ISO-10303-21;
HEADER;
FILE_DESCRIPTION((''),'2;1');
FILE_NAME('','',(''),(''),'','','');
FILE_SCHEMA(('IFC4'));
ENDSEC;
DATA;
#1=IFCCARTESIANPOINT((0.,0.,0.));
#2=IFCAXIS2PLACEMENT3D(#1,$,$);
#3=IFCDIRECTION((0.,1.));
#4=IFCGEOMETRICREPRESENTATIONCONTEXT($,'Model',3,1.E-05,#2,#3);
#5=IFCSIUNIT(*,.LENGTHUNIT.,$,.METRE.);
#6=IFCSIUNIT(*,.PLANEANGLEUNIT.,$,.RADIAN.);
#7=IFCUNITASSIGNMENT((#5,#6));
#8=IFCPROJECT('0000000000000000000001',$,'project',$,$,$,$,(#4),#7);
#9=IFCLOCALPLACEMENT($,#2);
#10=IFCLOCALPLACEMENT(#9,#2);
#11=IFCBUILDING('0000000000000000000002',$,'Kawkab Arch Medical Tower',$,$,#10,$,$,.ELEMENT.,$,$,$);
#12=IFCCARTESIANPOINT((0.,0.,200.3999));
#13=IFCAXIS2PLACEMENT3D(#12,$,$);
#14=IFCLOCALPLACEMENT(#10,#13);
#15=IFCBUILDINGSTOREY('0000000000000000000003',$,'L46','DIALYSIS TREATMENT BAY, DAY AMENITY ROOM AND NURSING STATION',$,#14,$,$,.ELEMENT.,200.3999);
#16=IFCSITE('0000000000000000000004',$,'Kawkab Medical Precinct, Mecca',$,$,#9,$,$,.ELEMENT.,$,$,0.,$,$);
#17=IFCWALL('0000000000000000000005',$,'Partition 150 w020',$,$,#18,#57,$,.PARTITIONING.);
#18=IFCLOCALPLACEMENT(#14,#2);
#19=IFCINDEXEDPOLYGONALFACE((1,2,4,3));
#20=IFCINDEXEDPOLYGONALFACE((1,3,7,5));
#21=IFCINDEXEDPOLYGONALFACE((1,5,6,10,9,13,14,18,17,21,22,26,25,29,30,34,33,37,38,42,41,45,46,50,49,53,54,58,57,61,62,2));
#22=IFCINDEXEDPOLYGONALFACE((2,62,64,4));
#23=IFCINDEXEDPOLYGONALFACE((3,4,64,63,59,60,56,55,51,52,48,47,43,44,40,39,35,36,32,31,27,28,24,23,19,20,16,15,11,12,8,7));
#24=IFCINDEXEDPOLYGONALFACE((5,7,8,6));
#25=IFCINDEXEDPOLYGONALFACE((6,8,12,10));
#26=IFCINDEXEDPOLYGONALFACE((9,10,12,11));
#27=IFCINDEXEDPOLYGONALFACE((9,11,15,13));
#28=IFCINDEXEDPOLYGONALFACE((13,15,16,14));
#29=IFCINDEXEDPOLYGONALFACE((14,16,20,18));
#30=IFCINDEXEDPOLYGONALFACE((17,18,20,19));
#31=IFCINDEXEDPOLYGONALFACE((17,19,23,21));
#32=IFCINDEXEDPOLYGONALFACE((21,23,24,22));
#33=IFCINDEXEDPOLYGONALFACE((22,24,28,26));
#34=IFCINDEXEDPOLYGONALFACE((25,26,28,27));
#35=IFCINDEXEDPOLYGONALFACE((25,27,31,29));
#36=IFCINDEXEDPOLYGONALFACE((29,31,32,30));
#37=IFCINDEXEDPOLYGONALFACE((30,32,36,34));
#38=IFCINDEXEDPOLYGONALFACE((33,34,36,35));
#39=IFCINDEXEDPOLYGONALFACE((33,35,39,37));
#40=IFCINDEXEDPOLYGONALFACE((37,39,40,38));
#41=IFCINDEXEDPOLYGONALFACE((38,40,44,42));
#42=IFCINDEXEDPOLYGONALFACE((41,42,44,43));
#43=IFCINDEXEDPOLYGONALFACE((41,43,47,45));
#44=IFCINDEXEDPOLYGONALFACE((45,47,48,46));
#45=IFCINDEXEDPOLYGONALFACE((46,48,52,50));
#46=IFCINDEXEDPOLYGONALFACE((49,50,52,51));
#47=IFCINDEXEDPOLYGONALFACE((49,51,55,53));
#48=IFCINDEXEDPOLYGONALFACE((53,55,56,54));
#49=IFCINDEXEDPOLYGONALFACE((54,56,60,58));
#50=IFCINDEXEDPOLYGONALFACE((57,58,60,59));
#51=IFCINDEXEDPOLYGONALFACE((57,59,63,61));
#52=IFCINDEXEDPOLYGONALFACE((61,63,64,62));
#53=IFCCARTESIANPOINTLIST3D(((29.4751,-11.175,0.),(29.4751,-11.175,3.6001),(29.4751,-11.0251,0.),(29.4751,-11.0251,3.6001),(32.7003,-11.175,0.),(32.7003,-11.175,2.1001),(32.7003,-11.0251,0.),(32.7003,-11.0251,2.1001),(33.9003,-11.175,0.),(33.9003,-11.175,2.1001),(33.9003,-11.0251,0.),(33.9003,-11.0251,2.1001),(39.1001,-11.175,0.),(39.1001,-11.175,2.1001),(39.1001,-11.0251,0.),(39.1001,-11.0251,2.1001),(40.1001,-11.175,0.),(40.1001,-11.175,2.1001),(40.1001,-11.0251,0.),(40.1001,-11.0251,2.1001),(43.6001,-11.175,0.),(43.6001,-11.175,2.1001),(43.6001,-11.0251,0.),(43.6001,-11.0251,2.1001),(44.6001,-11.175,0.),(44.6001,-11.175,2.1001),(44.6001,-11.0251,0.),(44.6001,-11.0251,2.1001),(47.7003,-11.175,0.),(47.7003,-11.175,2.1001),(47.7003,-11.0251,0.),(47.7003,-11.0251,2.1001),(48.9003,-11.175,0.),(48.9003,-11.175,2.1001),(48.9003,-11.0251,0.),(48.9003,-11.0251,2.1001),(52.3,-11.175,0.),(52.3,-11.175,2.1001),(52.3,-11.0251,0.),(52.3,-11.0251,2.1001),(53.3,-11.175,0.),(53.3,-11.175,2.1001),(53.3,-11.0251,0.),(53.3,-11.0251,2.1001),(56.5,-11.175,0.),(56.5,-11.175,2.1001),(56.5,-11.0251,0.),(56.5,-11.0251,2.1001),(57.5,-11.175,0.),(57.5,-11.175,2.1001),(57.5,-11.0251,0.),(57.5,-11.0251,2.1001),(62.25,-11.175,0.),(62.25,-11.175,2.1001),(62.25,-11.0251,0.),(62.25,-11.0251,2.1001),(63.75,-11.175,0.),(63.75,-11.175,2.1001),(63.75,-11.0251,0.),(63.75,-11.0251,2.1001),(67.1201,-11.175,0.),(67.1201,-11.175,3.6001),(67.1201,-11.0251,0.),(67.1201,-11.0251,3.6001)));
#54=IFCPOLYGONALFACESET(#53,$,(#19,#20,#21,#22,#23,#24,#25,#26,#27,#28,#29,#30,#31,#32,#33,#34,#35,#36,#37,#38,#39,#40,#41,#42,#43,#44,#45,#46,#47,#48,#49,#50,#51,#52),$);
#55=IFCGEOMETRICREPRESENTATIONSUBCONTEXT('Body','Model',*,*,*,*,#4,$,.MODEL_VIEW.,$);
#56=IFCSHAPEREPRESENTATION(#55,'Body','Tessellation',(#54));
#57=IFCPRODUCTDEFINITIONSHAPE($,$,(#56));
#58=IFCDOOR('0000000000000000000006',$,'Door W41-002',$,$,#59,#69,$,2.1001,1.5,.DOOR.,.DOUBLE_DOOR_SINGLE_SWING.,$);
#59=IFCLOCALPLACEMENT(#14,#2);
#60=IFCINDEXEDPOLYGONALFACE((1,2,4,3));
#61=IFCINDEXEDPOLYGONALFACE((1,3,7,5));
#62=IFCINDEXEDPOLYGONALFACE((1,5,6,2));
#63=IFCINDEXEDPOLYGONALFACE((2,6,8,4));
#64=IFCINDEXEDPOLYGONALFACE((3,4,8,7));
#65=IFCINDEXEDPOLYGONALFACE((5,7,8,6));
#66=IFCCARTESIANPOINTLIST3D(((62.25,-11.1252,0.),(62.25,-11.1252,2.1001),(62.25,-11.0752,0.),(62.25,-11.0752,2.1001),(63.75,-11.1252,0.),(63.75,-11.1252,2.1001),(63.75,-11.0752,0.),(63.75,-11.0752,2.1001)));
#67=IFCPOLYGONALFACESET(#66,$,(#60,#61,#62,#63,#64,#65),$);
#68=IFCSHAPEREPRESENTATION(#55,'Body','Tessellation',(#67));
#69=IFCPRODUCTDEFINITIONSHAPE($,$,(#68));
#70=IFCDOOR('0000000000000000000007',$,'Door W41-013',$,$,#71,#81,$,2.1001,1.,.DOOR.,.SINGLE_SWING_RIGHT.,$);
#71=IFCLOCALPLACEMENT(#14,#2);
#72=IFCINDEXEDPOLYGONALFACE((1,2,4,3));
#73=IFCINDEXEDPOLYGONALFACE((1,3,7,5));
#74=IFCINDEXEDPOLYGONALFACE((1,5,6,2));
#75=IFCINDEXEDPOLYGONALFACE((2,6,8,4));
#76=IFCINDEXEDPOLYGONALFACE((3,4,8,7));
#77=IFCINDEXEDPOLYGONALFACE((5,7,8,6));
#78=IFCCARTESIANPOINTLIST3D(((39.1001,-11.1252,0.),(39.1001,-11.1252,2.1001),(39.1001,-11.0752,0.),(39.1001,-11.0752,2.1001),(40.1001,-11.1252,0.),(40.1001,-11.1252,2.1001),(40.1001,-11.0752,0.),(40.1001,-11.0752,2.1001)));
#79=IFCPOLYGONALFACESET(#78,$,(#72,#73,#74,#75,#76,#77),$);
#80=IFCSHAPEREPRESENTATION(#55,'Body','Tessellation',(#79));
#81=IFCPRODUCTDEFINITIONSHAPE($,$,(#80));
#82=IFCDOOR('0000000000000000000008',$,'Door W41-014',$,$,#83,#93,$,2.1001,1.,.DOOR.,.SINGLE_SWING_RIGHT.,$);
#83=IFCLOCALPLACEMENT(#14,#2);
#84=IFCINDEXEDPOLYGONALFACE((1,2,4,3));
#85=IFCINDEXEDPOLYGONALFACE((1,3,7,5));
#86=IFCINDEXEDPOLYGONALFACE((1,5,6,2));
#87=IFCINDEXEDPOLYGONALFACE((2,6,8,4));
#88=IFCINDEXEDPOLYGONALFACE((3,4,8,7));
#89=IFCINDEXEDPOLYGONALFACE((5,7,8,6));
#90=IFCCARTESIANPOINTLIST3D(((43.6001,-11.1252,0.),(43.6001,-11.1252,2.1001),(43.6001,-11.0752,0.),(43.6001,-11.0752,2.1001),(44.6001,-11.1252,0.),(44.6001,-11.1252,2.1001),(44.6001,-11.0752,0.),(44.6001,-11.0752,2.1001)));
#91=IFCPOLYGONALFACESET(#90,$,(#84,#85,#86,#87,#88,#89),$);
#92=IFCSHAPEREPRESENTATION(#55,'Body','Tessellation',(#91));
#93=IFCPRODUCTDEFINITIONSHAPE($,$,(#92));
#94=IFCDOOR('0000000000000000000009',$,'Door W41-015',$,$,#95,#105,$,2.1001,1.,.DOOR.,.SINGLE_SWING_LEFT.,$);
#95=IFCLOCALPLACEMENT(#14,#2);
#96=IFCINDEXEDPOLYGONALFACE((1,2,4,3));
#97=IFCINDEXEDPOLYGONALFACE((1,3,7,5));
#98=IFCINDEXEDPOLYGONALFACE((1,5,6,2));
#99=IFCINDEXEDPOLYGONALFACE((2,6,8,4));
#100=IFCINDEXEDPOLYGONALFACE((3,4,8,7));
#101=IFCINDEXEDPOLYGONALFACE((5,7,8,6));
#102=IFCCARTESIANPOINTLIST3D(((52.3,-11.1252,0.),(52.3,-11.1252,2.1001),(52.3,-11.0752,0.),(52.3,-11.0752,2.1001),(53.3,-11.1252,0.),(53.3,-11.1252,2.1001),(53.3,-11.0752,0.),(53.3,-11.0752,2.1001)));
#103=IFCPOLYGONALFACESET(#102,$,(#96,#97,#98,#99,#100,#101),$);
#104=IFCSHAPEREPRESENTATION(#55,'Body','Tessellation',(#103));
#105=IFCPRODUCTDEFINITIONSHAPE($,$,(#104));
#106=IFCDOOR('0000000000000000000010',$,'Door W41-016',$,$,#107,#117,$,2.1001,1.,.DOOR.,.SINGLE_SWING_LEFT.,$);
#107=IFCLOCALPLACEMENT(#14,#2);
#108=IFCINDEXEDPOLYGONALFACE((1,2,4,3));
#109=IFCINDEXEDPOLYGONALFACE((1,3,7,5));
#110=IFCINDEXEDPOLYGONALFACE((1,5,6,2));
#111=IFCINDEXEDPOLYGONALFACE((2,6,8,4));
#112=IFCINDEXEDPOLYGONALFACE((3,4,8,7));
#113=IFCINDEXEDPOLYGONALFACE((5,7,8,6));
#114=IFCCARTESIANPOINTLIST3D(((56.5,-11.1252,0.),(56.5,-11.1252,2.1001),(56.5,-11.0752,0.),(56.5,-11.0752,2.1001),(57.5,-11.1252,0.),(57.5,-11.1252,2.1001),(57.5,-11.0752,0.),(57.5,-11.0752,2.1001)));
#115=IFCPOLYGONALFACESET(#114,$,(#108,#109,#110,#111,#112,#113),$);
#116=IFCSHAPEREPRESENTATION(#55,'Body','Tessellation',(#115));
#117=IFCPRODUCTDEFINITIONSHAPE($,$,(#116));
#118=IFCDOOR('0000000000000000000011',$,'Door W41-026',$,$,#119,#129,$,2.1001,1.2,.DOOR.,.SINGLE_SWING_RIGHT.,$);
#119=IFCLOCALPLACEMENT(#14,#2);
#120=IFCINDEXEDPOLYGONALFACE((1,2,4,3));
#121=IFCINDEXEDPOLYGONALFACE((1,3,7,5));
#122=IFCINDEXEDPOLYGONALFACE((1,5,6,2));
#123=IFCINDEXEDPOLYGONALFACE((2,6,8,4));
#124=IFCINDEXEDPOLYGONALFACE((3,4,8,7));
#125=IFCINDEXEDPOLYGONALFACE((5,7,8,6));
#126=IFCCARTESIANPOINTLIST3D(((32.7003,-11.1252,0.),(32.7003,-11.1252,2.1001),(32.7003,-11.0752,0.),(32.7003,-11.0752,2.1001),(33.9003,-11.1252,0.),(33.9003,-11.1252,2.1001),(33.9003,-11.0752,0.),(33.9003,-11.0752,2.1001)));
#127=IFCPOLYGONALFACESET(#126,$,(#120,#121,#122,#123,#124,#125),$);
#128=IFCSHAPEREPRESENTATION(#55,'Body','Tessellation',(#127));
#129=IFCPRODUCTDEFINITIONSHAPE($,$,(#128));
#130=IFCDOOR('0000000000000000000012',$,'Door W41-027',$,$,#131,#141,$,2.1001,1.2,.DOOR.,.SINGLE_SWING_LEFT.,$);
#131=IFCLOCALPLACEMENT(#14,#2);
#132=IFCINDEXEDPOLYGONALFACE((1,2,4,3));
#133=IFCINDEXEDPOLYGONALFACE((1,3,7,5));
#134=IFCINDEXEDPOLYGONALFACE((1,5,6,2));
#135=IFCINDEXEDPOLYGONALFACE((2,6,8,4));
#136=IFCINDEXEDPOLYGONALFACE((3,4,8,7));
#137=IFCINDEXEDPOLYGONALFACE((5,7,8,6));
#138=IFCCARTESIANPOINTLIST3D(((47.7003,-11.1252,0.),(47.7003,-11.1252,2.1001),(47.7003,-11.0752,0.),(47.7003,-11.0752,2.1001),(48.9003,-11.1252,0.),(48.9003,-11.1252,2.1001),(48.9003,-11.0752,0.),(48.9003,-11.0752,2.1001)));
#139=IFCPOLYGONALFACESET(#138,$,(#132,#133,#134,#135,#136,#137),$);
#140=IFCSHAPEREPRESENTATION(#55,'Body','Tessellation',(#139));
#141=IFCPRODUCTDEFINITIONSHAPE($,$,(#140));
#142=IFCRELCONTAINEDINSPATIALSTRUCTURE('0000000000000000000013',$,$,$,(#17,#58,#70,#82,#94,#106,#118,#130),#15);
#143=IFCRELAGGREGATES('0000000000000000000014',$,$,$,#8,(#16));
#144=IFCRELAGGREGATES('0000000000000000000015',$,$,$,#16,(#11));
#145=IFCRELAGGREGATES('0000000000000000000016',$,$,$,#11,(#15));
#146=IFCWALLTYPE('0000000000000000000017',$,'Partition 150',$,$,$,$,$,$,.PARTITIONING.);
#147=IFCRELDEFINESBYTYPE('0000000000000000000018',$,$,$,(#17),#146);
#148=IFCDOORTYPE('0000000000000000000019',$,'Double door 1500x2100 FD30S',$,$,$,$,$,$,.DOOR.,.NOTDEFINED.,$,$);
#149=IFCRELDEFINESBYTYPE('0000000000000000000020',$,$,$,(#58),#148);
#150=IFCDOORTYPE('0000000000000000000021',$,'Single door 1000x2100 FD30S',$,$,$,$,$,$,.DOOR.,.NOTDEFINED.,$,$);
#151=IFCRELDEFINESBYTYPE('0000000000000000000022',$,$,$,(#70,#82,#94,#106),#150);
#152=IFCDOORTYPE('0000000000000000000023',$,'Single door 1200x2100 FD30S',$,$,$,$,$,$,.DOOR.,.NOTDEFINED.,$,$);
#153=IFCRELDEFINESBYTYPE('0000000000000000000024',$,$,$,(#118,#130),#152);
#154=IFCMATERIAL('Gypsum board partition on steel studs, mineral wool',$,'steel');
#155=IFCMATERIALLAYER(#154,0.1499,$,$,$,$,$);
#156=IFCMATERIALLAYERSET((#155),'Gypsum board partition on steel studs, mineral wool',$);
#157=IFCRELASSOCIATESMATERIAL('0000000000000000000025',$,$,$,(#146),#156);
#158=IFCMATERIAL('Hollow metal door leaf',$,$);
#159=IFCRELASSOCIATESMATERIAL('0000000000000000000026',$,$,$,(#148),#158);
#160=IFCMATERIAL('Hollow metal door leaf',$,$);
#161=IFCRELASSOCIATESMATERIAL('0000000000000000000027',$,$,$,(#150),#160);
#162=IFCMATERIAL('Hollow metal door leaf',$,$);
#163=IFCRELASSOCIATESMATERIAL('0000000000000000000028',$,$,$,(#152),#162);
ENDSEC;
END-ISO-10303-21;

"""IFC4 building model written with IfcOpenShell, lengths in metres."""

from ifc_helpers import new_model, si_unit, direction, frame, frame_2d, origin, place, context, subcontext, project, spatial, rectangle, extrude, material, layer, layer_set, type_object, element, fill, save


model = new_model("IFC4")

# Units and contexts
model_context = context("Model", 3, precision=1e-05, world=origin(), true_north=direction((0.0, 1.0)))
body_context = subcontext(model_context, "Body", "Model", "MODEL_VIEW")
ifc_project = project(units=[si_unit("LENGTHUNIT", "METRE"), si_unit("PLANEANGLEUNIT", "RADIAN")], contexts=[model_context])

# Site, building, storey
site_placement = place(None, origin())
site = spatial("IfcSite", under=ifc_project, at=site_placement, Name="Kawkab Medical Precinct, Mecca", CompositionType="ELEMENT", RefElevation=0.0)
building_placement = place(site_placement, origin())
building = spatial("IfcBuilding", under=site, at=building_placement, Name="Kawkab Arch Medical Tower", CompositionType="ELEMENT")
storey_placement = place(building_placement, frame((0.0, 0.0, 200.3999)))
storey = spatial("IfcBuildingStorey", under=building, at=storey_placement, Name="L46", Description="DIALYSIS TREATMENT BAY, DAY AMENITY ROOM AND NURSING STATION", CompositionType="ELEMENT", Elevation=200.3999)

# Wall, openings, doors
ifc_material_1 = material(Name="Gypsum board partition on steel studs, mineral wool", Category="steel")
ifc_layer_1 = layer(ifc_material_1, 0.1499)
ifc_layer_set_1 = layer_set([ifc_layer_1], Name="Gypsum board partition on steel studs, mineral wool")
wall_type_1 = type_object("IfcWallType", Name="Partition 150", PredefinedType="PARTITIONING", material=ifc_layer_set_1)
wall_1_placement = place(storey_placement, frame((29.4751, -11.1001, 0.0), z_axis=(0.0, 0.0, 1.0), x_axis=(1.0, 0.0, 0.0)))
wall_1 = element("IfcWall", 1, at=wall_1_placement, inside=storey, type_object=wall_type_1, Name="Partition 150 w020", PredefinedType="PARTITIONING", context=body_context, shape_type="SweptSolid", body=[
    extrude(rectangle(XDim=37.645, YDim=0.1499, at=frame_2d((18.8225, 0.0))), origin(), (0.0, 0.0, 1.0), 3.6001),
])
opening_1_placement = place(wall_1_placement, frame((3.2251, 0.0, 0.0)))
opening_1 = element("IfcOpeningElement", 2, at=opening_1_placement, cuts=wall_1, PredefinedType="OPENING", context=body_context, shape_type="SweptSolid", body=[
    extrude(rectangle(XDim=1.2, YDim=2.1001, at=frame_2d((0.6001, 1.05))), frame((0.0, 0.085, 0.0), z_axis=(0.0, -1.0, 0.0), x_axis=(1.0, 0.0, 0.0)), (0.0, 0.0, 1.0), 0.1699),
])
opening_2_placement = place(wall_1_placement, frame((9.625, 0.0, 0.0)))
opening_2 = element("IfcOpeningElement", 3, at=opening_2_placement, cuts=wall_1, PredefinedType="OPENING", context=body_context, shape_type="SweptSolid", body=[
    extrude(rectangle(XDim=1.0, YDim=2.1001, at=frame_2d((0.5, 1.05))), frame((0.0, 0.085, 0.0), z_axis=(0.0, -1.0, 0.0), x_axis=(1.0, 0.0, 0.0)), (0.0, 0.0, 1.0), 0.1699),
])
opening_3_placement = place(wall_1_placement, frame((14.125, 0.0, 0.0)))
opening_3 = element("IfcOpeningElement", 4, at=opening_3_placement, cuts=wall_1, PredefinedType="OPENING", context=body_context, shape_type="SweptSolid", body=[
    extrude(rectangle(XDim=1.0, YDim=2.1001, at=frame_2d((0.5, 1.05))), frame((0.0, 0.085, 0.0), z_axis=(0.0, -1.0, 0.0), x_axis=(1.0, 0.0, 0.0)), (0.0, 0.0, 1.0), 0.1699),
])
opening_4_placement = place(wall_1_placement, frame((18.2251, 0.0, 0.0)))
opening_4 = element("IfcOpeningElement", 5, at=opening_4_placement, cuts=wall_1, PredefinedType="OPENING", context=body_context, shape_type="SweptSolid", body=[
    extrude(rectangle(XDim=1.2, YDim=2.1001, at=frame_2d((0.6001, 1.05))), frame((0.0, 0.085, 0.0), z_axis=(0.0, -1.0, 0.0), x_axis=(1.0, 0.0, 0.0)), (0.0, 0.0, 1.0), 0.1699),
])
opening_5_placement = place(wall_1_placement, frame((22.825, 0.0, 0.0)))
opening_5 = element("IfcOpeningElement", 6, at=opening_5_placement, cuts=wall_1, PredefinedType="OPENING", context=body_context, shape_type="SweptSolid", body=[
    extrude(rectangle(XDim=1.0, YDim=2.1001, at=frame_2d((0.5, 1.05))), frame((0.0, 0.085, 0.0), z_axis=(0.0, -1.0, 0.0), x_axis=(1.0, 0.0, 0.0)), (0.0, 0.0, 1.0), 0.1699),
])
opening_6_placement = place(wall_1_placement, frame((27.0249, 0.0, 0.0)))
opening_6 = element("IfcOpeningElement", 7, at=opening_6_placement, cuts=wall_1, PredefinedType="OPENING", context=body_context, shape_type="SweptSolid", body=[
    extrude(rectangle(XDim=1.0, YDim=2.1001, at=frame_2d((0.5, 1.05))), frame((0.0, 0.085, 0.0), z_axis=(0.0, -1.0, 0.0), x_axis=(1.0, 0.0, 0.0)), (0.0, 0.0, 1.0), 0.1699),
])
opening_7_placement = place(wall_1_placement, frame((32.7749, 0.0, 0.0)))
opening_7 = element("IfcOpeningElement", 8, at=opening_7_placement, cuts=wall_1, PredefinedType="OPENING", context=body_context, shape_type="SweptSolid", body=[
    extrude(rectangle(XDim=1.5, YDim=2.1001, at=frame_2d((0.75, 1.05))), frame((0.0, 0.085, 0.0), z_axis=(0.0, -1.0, 0.0), x_axis=(1.0, 0.0, 0.0)), (0.0, 0.0, 1.0), 0.1699),
])
ifc_material_2 = material(Name="Hollow metal door leaf")
door_type_1 = type_object("IfcDoorType", Name="Double door 1500x2100 FD30S", OperationType="NOTDEFINED", PredefinedType="DOOR", material=ifc_material_2)
door_1_placement = place(opening_7_placement, origin())
door_1 = element("IfcDoor", 9, at=door_1_placement, inside=storey, type_object=door_type_1, Name="Door W41-002", OperationType="DOUBLE_DOOR_SINGLE_SWING", OverallHeight=2.1001, OverallWidth=1.5, PredefinedType="DOOR", context=body_context, shape_type="SweptSolid", body=[
    extrude(rectangle(XDim=1.5, YDim=2.1001, at=frame_2d((0.75, 1.05))), frame((0.0, 0.0249, 0.0), z_axis=(0.0, -1.0, 0.0), x_axis=(1.0, 0.0, 0.0)), (0.0, 0.0, 1.0), 0.05),
])
fill(opening_7, door_1)
ifc_material_3 = material(Name="Hollow metal door leaf")
door_type_2 = type_object("IfcDoorType", Name="Single door 1000x2100 FD30S", OperationType="NOTDEFINED", PredefinedType="DOOR", material=ifc_material_3)
door_2_placement = place(opening_2_placement, origin())
door_2 = element("IfcDoor", 10, at=door_2_placement, inside=storey, type_object=door_type_2, Name="Door W41-013", OperationType="SINGLE_SWING_RIGHT", OverallHeight=2.1001, OverallWidth=1.0, PredefinedType="DOOR", context=body_context, shape_type="SweptSolid", body=[
    extrude(rectangle(XDim=1.0, YDim=2.1001, at=frame_2d((0.5, 1.05))), frame((0.0, 0.0249, 0.0), z_axis=(0.0, -1.0, 0.0), x_axis=(1.0, 0.0, 0.0)), (0.0, 0.0, 1.0), 0.05),
])
fill(opening_2, door_2)
door_3_placement = place(opening_3_placement, origin())
door_3 = element("IfcDoor", 11, at=door_3_placement, inside=storey, type_object=door_type_2, Name="Door W41-014", OperationType="SINGLE_SWING_RIGHT", OverallHeight=2.1001, OverallWidth=1.0, PredefinedType="DOOR", context=body_context, shape_type="SweptSolid", body=[
    extrude(rectangle(XDim=1.0, YDim=2.1001, at=frame_2d((0.5, 1.05))), frame((0.0, 0.0249, 0.0), z_axis=(0.0, -1.0, 0.0), x_axis=(1.0, 0.0, 0.0)), (0.0, 0.0, 1.0), 0.05),
])
fill(opening_3, door_3)
door_4_placement = place(opening_5_placement, origin())
door_4 = element("IfcDoor", 12, at=door_4_placement, inside=storey, type_object=door_type_2, Name="Door W41-015", OperationType="SINGLE_SWING_LEFT", OverallHeight=2.1001, OverallWidth=1.0, PredefinedType="DOOR", context=body_context, shape_type="SweptSolid", body=[
    extrude(rectangle(XDim=1.0, YDim=2.1001, at=frame_2d((0.5, 1.05))), frame((0.0, 0.0249, 0.0), z_axis=(0.0, -1.0, 0.0), x_axis=(1.0, 0.0, 0.0)), (0.0, 0.0, 1.0), 0.05),
])
fill(opening_5, door_4)
door_5_placement = place(opening_6_placement, origin())
door_5 = element("IfcDoor", 13, at=door_5_placement, inside=storey, type_object=door_type_2, Name="Door W41-016", OperationType="SINGLE_SWING_LEFT", OverallHeight=2.1001, OverallWidth=1.0, PredefinedType="DOOR", context=body_context, shape_type="SweptSolid", body=[
    extrude(rectangle(XDim=1.0, YDim=2.1001, at=frame_2d((0.5, 1.05))), frame((0.0, 0.0249, 0.0), z_axis=(0.0, -1.0, 0.0), x_axis=(1.0, 0.0, 0.0)), (0.0, 0.0, 1.0), 0.05),
])
fill(opening_6, door_5)
ifc_material_4 = material(Name="Hollow metal door leaf")
door_type_3 = type_object("IfcDoorType", Name="Single door 1200x2100 FD30S", OperationType="NOTDEFINED", PredefinedType="DOOR", material=ifc_material_4)
door_6_placement = place(opening_1_placement, origin())
door_6 = element("IfcDoor", 14, at=door_6_placement, inside=storey, type_object=door_type_3, Name="Door W41-026", OperationType="SINGLE_SWING_RIGHT", OverallHeight=2.1001, OverallWidth=1.2, PredefinedType="DOOR", context=body_context, shape_type="SweptSolid", body=[
    extrude(rectangle(XDim=1.2, YDim=2.1001, at=frame_2d((0.6001, 1.05))), frame((0.0, 0.0249, 0.0), z_axis=(0.0, -1.0, 0.0), x_axis=(1.0, 0.0, 0.0)), (0.0, 0.0, 1.0), 0.05),
])
fill(opening_1, door_6)
door_7_placement = place(opening_4_placement, origin())
door_7 = element("IfcDoor", 15, at=door_7_placement, inside=storey, type_object=door_type_3, Name="Door W41-027", OperationType="SINGLE_SWING_LEFT", OverallHeight=2.1001, OverallWidth=1.2, PredefinedType="DOOR", context=body_context, shape_type="SweptSolid", body=[
    extrude(rectangle(XDim=1.2, YDim=2.1001, at=frame_2d((0.6001, 1.05))), frame((0.0, 0.0249, 0.0), z_axis=(0.0, -1.0, 0.0), x_axis=(1.0, 0.0, 0.0)), (0.0, 0.0, 1.0), 0.05),
])
fill(opening_4, door_7)

save(model, "model.ifc")
